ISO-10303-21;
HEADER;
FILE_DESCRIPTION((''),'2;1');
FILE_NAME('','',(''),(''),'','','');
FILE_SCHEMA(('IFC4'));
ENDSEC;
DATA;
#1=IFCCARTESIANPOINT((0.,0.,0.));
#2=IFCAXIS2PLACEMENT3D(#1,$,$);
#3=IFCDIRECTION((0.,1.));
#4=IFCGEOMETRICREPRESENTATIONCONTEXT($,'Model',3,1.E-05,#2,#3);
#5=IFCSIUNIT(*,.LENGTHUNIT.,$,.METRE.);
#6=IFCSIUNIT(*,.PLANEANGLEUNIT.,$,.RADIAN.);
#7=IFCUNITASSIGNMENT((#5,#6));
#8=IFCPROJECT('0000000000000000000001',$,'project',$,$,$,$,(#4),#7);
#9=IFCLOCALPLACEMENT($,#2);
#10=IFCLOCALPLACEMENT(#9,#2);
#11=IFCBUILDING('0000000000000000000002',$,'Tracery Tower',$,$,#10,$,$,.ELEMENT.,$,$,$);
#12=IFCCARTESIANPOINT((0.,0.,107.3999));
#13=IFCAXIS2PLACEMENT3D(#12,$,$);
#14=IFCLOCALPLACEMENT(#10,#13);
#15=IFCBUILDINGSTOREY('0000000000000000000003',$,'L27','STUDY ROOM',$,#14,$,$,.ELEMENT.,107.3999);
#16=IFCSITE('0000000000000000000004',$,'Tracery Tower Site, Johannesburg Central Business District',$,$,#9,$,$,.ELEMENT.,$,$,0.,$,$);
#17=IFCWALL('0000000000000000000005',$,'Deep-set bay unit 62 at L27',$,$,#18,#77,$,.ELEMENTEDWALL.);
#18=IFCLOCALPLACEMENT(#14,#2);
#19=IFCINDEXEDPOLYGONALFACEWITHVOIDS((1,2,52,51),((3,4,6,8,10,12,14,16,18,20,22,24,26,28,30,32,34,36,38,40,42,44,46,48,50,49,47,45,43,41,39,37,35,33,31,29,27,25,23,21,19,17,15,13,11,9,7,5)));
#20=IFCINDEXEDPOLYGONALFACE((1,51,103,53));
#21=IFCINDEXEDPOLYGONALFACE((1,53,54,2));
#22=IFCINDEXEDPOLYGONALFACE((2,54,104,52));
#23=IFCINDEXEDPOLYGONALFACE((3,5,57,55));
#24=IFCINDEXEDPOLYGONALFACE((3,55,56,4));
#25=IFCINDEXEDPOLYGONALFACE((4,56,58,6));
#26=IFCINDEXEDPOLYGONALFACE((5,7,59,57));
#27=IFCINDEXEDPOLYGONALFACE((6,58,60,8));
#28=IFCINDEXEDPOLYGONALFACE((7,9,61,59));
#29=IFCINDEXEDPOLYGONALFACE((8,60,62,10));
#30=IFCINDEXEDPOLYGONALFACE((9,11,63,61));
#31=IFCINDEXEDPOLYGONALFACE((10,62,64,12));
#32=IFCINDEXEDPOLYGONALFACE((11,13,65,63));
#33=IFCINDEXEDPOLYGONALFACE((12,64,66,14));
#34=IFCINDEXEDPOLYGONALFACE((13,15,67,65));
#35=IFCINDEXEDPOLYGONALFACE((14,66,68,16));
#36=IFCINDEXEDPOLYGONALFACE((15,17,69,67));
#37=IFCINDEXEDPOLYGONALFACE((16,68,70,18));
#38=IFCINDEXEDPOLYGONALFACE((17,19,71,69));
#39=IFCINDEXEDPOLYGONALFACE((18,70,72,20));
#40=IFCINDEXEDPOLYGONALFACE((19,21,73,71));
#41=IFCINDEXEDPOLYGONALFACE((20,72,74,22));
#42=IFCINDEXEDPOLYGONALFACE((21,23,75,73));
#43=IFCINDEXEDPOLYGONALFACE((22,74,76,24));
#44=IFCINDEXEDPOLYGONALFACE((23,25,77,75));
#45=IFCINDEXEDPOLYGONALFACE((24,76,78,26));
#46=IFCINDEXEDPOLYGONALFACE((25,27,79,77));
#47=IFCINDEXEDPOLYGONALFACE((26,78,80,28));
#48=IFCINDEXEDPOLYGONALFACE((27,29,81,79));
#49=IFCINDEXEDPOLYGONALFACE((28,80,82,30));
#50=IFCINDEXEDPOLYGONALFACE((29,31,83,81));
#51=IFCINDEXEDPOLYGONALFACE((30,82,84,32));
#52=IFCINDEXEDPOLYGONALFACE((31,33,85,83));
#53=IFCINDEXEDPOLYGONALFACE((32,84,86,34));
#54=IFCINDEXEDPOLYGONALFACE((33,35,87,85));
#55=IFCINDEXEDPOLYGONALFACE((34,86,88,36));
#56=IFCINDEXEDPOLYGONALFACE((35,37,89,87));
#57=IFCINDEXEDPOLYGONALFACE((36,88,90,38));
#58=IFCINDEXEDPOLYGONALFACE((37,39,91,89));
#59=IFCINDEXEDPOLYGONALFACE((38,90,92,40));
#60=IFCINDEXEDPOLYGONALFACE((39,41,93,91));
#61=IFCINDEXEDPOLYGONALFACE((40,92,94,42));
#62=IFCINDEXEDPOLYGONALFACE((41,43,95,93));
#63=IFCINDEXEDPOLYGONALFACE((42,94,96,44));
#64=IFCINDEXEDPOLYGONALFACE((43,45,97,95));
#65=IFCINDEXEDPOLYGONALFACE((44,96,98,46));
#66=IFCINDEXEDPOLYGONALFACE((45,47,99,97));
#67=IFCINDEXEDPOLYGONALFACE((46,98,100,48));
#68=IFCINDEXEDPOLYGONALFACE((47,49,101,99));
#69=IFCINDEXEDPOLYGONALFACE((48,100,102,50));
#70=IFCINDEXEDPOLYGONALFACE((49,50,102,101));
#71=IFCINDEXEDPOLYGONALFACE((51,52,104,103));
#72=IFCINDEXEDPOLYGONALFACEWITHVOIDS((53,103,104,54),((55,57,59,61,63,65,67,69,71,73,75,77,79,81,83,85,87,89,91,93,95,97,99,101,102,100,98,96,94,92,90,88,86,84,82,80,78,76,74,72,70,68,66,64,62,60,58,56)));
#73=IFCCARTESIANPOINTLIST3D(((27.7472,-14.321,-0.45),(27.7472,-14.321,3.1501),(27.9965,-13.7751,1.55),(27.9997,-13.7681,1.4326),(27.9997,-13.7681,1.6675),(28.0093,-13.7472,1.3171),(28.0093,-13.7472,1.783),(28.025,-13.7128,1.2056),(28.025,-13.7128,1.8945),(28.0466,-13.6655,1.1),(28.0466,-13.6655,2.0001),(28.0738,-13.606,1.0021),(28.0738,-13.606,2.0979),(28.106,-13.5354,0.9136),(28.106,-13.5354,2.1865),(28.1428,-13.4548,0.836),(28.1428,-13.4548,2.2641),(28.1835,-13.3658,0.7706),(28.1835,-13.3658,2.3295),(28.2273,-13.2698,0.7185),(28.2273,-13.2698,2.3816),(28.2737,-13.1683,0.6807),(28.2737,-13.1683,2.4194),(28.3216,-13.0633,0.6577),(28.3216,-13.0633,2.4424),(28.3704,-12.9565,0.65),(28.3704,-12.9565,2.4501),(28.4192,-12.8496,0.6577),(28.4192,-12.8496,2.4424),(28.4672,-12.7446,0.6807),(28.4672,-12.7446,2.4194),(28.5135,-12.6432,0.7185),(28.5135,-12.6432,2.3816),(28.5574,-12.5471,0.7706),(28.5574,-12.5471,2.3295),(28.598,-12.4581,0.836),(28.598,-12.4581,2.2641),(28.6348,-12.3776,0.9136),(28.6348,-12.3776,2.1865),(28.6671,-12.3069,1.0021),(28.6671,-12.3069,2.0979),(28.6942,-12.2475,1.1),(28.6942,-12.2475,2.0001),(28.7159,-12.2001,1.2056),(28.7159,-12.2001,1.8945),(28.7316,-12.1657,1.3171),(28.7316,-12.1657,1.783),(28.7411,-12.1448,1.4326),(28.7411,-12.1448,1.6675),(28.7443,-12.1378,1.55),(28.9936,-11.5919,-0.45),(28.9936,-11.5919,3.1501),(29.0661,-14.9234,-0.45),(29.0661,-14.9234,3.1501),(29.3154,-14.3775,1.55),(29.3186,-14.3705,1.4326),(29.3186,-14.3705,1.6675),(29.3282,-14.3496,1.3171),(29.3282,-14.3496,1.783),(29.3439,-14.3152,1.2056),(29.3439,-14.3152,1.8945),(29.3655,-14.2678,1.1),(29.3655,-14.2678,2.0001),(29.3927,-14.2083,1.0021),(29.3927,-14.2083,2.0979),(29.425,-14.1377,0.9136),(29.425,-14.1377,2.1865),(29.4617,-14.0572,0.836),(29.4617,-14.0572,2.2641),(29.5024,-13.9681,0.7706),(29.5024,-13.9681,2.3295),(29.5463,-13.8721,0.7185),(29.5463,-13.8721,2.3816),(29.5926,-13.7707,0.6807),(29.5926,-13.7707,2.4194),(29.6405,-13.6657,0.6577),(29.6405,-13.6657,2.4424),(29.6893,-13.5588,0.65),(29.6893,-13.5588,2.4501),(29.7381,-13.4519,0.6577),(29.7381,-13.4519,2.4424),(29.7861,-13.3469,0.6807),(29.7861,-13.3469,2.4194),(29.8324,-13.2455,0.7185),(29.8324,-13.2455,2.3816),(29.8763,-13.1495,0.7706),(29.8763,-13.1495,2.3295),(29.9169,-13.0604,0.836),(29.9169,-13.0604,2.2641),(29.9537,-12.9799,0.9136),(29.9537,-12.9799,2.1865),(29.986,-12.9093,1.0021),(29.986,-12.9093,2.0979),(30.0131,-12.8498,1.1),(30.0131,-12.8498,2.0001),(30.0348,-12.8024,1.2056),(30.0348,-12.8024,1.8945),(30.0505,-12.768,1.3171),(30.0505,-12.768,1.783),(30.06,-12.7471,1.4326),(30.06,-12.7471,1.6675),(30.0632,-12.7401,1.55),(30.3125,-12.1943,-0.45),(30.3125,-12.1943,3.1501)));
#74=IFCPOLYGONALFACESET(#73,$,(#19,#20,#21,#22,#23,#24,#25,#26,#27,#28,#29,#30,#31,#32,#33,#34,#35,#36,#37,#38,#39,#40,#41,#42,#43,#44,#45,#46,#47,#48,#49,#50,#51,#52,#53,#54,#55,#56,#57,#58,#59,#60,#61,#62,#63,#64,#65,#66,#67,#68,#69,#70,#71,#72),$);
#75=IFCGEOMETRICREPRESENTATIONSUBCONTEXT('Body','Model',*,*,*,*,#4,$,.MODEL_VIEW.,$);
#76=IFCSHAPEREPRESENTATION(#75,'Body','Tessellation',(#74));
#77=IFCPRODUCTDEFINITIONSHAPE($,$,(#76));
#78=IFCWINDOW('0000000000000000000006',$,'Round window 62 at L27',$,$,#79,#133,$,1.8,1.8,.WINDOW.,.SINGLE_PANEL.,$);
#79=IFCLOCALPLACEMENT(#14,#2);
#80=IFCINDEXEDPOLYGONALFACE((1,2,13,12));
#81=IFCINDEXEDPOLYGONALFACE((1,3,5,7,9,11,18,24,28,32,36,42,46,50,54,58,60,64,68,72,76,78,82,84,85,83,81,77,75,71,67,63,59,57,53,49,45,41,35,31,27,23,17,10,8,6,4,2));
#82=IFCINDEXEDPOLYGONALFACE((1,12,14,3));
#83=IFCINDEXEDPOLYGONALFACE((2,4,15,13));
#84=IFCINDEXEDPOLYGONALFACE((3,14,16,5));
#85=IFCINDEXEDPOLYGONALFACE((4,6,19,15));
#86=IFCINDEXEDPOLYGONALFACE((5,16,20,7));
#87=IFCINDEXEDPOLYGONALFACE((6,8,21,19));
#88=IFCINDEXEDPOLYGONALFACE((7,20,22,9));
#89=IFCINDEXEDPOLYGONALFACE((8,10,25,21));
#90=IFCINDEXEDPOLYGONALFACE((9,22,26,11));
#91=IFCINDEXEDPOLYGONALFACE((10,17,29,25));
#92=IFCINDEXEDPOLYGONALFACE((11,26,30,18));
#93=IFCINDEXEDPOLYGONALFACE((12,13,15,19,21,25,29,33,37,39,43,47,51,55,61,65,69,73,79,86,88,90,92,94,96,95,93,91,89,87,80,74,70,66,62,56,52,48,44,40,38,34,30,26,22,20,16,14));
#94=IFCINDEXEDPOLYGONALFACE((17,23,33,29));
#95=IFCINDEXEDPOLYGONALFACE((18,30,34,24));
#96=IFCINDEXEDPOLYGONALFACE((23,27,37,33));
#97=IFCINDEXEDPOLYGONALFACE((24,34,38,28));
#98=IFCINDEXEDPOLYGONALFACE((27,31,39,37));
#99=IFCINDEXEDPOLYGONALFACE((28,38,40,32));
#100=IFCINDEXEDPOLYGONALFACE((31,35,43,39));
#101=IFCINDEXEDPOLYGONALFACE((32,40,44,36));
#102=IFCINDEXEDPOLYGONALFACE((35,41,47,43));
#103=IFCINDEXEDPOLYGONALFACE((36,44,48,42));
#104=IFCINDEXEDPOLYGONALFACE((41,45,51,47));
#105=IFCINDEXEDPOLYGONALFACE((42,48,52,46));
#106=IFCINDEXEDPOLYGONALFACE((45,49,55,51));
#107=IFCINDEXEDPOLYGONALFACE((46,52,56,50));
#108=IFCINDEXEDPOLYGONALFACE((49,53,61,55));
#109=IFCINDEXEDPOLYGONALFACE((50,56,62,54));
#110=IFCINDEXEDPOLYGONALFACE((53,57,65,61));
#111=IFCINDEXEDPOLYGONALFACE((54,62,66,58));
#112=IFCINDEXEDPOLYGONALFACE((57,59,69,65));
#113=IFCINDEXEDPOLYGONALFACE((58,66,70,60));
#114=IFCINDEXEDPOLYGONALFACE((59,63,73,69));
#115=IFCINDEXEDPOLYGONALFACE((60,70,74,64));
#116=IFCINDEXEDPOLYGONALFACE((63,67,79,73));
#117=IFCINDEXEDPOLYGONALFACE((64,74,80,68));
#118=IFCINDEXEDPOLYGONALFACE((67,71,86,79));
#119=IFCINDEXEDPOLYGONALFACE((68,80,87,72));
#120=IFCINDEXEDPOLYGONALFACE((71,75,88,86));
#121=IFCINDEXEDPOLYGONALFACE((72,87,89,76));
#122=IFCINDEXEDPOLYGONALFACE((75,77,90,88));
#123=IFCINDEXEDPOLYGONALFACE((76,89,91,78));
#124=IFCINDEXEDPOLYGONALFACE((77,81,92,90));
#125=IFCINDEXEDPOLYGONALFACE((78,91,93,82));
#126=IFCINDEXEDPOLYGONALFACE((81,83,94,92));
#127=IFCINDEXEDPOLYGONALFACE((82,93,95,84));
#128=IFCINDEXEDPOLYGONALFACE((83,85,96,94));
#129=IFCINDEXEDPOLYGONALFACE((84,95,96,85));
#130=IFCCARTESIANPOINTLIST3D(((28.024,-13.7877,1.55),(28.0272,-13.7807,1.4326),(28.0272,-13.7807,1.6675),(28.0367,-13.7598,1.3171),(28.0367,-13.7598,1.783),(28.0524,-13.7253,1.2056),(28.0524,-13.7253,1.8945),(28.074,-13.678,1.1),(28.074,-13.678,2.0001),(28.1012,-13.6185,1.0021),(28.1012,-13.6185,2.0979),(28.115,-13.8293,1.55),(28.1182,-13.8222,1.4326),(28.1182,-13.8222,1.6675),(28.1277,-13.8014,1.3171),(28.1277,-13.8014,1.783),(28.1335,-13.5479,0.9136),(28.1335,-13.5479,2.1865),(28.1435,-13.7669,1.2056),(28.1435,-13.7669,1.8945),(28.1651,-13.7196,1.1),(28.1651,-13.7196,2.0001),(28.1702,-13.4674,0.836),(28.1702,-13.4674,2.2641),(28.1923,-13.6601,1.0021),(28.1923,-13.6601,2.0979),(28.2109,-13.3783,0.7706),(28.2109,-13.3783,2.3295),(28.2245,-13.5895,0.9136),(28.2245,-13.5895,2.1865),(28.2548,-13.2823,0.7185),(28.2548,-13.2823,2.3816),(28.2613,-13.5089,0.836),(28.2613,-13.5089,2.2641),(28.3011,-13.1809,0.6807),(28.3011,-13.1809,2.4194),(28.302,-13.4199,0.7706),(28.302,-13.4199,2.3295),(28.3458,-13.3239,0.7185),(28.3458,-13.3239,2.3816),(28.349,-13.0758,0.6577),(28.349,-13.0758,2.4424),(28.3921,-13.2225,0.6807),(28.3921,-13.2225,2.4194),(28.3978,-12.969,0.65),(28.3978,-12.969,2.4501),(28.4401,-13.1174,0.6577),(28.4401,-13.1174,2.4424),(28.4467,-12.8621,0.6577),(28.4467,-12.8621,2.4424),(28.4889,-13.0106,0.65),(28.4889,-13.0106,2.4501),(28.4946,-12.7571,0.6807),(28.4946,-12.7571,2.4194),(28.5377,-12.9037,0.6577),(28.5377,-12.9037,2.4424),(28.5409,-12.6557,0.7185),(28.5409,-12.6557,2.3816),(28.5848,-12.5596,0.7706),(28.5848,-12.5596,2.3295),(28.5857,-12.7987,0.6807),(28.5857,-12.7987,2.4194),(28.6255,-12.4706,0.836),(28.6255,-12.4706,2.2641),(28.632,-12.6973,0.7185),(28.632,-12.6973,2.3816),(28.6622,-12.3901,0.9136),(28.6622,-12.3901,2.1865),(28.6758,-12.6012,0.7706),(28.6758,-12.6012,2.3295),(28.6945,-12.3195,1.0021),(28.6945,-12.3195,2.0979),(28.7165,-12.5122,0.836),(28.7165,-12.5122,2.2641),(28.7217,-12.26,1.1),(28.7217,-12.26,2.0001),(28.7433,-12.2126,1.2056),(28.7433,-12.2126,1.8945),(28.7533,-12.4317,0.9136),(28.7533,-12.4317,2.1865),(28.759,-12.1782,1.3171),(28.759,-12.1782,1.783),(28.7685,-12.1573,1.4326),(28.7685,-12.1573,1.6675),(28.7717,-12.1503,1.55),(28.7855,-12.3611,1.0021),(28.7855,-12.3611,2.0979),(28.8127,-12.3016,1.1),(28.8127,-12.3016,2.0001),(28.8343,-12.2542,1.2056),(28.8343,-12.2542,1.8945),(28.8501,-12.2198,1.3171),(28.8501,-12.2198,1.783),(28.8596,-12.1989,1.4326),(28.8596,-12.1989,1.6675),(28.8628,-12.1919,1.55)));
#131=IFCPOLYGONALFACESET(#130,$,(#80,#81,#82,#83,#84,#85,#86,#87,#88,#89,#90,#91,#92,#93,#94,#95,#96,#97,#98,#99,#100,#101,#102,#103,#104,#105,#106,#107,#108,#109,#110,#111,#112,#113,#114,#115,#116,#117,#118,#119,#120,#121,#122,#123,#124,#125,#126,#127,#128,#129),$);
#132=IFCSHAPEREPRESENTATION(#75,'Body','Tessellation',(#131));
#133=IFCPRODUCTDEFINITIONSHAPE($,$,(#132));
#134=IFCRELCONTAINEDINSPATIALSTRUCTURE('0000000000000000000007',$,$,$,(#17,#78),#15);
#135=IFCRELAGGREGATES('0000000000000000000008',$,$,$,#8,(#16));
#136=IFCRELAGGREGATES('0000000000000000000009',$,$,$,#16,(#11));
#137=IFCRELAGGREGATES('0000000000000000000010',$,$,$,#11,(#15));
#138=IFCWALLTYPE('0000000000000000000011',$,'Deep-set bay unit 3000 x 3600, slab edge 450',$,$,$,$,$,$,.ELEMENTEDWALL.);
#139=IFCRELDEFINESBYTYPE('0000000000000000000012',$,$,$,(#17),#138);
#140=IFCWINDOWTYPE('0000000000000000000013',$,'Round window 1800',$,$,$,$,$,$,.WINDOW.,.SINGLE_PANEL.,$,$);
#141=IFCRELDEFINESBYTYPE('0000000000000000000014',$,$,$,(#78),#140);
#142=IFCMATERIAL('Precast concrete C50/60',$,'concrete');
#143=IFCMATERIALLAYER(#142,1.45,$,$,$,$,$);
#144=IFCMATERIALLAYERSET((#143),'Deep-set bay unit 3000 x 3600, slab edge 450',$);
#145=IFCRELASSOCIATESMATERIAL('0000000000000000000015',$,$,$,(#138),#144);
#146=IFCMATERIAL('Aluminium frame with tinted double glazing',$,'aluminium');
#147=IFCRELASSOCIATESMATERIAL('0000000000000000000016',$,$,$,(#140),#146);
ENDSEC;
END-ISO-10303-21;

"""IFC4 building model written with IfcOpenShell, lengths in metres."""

from ifc_helpers import new_model, si_unit, direction, frame, frame_2d, origin, origin_2d, place, context, subcontext, project, spatial, rectangle, circle, extrude, material, layer, layer_set, type_object, element, fill, save


model = new_model("IFC4")

# Units and contexts
model_context = context("Model", 3, precision=1e-05, world=origin(), true_north=direction((0.0, 1.0)))
body_context = subcontext(model_context, "Body", "Model", "MODEL_VIEW")
ifc_project = project(units=[si_unit("LENGTHUNIT", "METRE"), si_unit("PLANEANGLEUNIT", "RADIAN")], contexts=[model_context])

# Site, building, storey
site_placement = place(None, origin())
site = spatial("IfcSite", under=ifc_project, at=site_placement, Name="Tracery Tower Site, Johannesburg Central Business District", CompositionType="ELEMENT", RefElevation=0.0)
building_placement = place(site_placement, origin())
building = spatial("IfcBuilding", under=site, at=building_placement, Name="Tracery Tower", CompositionType="ELEMENT")
storey_placement = place(building_placement, frame((0.0, 0.0, 107.3999)))
storey = spatial("IfcBuildingStorey", under=building, at=storey_placement, Name="L27", Description="STUDY ROOM", CompositionType="ELEMENT", Elevation=107.3999)

# Wall, opening, window
ifc_material_1 = material(Name="Precast concrete C50/60", Category="concrete")
ifc_layer_1 = layer(ifc_material_1, 1.45)
ifc_layer_set_1 = layer_set([ifc_layer_1], Name="Deep-set bay unit 3000 x 3600, slab edge 450")
wall_type_1 = type_object("IfcWallType", Name="Deep-set bay unit 3000 x 3600, slab edge 450", PredefinedType="ELEMENTEDWALL", material=ifc_layer_set_1)
wall_1_placement = place(storey_placement, frame((28.4067, -14.6221, -0.45), z_axis=(0.0, 0.0, 1.0), x_axis=(0.415427, 0.909627, 0.0)))
wall_1 = element("IfcWall", 1, at=wall_1_placement, inside=storey, type_object=wall_type_1, Name="Deep-set bay unit 62 at L27", PredefinedType="ELEMENTEDWALL", context=body_context, shape_type="SweptSolid", body=[
    extrude(rectangle(XDim=3.0002, YDim=1.45, at=frame_2d((1.5, 0.0))), origin(), (0.0, 0.0, 1.0), 3.6001),
])
opening_1_placement = place(wall_1_placement, frame((1.5, 0.0, 2.0)))
opening_1 = element("IfcOpeningElement", 2, at=opening_1_placement, cuts=wall_1, PredefinedType="OPENING", context=body_context, shape_type="SweptSolid", body=[
    extrude(circle(Radius=0.9, at=origin_2d()), frame((0.0, 0.7349, 0.0), z_axis=(0.0, -1.0, 0.0), x_axis=(1.0, 0.0, 0.0)), (0.0, 0.0, 1.0), 1.47),
])
ifc_material_2 = material(Name="Aluminium frame with tinted double glazing", Category="aluminium")
window_type = type_object("IfcWindowType", Name="Round window 1800", PartitioningType="SINGLE_PANEL", PredefinedType="WINDOW", material=ifc_material_2)
window_1_placement = place(opening_1_placement, origin())
window_1 = element("IfcWindow", 3, at=window_1_placement, inside=storey, type_object=window_type, Name="Round window 62 at L27", OverallHeight=1.8, OverallWidth=1.8, PartitioningType="SINGLE_PANEL", PredefinedType="WINDOW", context=body_context, shape_type="SweptSolid", body=[
    extrude(circle(Radius=0.9, at=origin_2d()), frame((0.0, 0.6948, 0.0), z_axis=(0.0, -1.0, 0.0), x_axis=(1.0, 0.0, 0.0)), (0.0, 0.0, 1.0), 0.1001),
])
fill(opening_1, window_1)

save(model, "model.ifc")
